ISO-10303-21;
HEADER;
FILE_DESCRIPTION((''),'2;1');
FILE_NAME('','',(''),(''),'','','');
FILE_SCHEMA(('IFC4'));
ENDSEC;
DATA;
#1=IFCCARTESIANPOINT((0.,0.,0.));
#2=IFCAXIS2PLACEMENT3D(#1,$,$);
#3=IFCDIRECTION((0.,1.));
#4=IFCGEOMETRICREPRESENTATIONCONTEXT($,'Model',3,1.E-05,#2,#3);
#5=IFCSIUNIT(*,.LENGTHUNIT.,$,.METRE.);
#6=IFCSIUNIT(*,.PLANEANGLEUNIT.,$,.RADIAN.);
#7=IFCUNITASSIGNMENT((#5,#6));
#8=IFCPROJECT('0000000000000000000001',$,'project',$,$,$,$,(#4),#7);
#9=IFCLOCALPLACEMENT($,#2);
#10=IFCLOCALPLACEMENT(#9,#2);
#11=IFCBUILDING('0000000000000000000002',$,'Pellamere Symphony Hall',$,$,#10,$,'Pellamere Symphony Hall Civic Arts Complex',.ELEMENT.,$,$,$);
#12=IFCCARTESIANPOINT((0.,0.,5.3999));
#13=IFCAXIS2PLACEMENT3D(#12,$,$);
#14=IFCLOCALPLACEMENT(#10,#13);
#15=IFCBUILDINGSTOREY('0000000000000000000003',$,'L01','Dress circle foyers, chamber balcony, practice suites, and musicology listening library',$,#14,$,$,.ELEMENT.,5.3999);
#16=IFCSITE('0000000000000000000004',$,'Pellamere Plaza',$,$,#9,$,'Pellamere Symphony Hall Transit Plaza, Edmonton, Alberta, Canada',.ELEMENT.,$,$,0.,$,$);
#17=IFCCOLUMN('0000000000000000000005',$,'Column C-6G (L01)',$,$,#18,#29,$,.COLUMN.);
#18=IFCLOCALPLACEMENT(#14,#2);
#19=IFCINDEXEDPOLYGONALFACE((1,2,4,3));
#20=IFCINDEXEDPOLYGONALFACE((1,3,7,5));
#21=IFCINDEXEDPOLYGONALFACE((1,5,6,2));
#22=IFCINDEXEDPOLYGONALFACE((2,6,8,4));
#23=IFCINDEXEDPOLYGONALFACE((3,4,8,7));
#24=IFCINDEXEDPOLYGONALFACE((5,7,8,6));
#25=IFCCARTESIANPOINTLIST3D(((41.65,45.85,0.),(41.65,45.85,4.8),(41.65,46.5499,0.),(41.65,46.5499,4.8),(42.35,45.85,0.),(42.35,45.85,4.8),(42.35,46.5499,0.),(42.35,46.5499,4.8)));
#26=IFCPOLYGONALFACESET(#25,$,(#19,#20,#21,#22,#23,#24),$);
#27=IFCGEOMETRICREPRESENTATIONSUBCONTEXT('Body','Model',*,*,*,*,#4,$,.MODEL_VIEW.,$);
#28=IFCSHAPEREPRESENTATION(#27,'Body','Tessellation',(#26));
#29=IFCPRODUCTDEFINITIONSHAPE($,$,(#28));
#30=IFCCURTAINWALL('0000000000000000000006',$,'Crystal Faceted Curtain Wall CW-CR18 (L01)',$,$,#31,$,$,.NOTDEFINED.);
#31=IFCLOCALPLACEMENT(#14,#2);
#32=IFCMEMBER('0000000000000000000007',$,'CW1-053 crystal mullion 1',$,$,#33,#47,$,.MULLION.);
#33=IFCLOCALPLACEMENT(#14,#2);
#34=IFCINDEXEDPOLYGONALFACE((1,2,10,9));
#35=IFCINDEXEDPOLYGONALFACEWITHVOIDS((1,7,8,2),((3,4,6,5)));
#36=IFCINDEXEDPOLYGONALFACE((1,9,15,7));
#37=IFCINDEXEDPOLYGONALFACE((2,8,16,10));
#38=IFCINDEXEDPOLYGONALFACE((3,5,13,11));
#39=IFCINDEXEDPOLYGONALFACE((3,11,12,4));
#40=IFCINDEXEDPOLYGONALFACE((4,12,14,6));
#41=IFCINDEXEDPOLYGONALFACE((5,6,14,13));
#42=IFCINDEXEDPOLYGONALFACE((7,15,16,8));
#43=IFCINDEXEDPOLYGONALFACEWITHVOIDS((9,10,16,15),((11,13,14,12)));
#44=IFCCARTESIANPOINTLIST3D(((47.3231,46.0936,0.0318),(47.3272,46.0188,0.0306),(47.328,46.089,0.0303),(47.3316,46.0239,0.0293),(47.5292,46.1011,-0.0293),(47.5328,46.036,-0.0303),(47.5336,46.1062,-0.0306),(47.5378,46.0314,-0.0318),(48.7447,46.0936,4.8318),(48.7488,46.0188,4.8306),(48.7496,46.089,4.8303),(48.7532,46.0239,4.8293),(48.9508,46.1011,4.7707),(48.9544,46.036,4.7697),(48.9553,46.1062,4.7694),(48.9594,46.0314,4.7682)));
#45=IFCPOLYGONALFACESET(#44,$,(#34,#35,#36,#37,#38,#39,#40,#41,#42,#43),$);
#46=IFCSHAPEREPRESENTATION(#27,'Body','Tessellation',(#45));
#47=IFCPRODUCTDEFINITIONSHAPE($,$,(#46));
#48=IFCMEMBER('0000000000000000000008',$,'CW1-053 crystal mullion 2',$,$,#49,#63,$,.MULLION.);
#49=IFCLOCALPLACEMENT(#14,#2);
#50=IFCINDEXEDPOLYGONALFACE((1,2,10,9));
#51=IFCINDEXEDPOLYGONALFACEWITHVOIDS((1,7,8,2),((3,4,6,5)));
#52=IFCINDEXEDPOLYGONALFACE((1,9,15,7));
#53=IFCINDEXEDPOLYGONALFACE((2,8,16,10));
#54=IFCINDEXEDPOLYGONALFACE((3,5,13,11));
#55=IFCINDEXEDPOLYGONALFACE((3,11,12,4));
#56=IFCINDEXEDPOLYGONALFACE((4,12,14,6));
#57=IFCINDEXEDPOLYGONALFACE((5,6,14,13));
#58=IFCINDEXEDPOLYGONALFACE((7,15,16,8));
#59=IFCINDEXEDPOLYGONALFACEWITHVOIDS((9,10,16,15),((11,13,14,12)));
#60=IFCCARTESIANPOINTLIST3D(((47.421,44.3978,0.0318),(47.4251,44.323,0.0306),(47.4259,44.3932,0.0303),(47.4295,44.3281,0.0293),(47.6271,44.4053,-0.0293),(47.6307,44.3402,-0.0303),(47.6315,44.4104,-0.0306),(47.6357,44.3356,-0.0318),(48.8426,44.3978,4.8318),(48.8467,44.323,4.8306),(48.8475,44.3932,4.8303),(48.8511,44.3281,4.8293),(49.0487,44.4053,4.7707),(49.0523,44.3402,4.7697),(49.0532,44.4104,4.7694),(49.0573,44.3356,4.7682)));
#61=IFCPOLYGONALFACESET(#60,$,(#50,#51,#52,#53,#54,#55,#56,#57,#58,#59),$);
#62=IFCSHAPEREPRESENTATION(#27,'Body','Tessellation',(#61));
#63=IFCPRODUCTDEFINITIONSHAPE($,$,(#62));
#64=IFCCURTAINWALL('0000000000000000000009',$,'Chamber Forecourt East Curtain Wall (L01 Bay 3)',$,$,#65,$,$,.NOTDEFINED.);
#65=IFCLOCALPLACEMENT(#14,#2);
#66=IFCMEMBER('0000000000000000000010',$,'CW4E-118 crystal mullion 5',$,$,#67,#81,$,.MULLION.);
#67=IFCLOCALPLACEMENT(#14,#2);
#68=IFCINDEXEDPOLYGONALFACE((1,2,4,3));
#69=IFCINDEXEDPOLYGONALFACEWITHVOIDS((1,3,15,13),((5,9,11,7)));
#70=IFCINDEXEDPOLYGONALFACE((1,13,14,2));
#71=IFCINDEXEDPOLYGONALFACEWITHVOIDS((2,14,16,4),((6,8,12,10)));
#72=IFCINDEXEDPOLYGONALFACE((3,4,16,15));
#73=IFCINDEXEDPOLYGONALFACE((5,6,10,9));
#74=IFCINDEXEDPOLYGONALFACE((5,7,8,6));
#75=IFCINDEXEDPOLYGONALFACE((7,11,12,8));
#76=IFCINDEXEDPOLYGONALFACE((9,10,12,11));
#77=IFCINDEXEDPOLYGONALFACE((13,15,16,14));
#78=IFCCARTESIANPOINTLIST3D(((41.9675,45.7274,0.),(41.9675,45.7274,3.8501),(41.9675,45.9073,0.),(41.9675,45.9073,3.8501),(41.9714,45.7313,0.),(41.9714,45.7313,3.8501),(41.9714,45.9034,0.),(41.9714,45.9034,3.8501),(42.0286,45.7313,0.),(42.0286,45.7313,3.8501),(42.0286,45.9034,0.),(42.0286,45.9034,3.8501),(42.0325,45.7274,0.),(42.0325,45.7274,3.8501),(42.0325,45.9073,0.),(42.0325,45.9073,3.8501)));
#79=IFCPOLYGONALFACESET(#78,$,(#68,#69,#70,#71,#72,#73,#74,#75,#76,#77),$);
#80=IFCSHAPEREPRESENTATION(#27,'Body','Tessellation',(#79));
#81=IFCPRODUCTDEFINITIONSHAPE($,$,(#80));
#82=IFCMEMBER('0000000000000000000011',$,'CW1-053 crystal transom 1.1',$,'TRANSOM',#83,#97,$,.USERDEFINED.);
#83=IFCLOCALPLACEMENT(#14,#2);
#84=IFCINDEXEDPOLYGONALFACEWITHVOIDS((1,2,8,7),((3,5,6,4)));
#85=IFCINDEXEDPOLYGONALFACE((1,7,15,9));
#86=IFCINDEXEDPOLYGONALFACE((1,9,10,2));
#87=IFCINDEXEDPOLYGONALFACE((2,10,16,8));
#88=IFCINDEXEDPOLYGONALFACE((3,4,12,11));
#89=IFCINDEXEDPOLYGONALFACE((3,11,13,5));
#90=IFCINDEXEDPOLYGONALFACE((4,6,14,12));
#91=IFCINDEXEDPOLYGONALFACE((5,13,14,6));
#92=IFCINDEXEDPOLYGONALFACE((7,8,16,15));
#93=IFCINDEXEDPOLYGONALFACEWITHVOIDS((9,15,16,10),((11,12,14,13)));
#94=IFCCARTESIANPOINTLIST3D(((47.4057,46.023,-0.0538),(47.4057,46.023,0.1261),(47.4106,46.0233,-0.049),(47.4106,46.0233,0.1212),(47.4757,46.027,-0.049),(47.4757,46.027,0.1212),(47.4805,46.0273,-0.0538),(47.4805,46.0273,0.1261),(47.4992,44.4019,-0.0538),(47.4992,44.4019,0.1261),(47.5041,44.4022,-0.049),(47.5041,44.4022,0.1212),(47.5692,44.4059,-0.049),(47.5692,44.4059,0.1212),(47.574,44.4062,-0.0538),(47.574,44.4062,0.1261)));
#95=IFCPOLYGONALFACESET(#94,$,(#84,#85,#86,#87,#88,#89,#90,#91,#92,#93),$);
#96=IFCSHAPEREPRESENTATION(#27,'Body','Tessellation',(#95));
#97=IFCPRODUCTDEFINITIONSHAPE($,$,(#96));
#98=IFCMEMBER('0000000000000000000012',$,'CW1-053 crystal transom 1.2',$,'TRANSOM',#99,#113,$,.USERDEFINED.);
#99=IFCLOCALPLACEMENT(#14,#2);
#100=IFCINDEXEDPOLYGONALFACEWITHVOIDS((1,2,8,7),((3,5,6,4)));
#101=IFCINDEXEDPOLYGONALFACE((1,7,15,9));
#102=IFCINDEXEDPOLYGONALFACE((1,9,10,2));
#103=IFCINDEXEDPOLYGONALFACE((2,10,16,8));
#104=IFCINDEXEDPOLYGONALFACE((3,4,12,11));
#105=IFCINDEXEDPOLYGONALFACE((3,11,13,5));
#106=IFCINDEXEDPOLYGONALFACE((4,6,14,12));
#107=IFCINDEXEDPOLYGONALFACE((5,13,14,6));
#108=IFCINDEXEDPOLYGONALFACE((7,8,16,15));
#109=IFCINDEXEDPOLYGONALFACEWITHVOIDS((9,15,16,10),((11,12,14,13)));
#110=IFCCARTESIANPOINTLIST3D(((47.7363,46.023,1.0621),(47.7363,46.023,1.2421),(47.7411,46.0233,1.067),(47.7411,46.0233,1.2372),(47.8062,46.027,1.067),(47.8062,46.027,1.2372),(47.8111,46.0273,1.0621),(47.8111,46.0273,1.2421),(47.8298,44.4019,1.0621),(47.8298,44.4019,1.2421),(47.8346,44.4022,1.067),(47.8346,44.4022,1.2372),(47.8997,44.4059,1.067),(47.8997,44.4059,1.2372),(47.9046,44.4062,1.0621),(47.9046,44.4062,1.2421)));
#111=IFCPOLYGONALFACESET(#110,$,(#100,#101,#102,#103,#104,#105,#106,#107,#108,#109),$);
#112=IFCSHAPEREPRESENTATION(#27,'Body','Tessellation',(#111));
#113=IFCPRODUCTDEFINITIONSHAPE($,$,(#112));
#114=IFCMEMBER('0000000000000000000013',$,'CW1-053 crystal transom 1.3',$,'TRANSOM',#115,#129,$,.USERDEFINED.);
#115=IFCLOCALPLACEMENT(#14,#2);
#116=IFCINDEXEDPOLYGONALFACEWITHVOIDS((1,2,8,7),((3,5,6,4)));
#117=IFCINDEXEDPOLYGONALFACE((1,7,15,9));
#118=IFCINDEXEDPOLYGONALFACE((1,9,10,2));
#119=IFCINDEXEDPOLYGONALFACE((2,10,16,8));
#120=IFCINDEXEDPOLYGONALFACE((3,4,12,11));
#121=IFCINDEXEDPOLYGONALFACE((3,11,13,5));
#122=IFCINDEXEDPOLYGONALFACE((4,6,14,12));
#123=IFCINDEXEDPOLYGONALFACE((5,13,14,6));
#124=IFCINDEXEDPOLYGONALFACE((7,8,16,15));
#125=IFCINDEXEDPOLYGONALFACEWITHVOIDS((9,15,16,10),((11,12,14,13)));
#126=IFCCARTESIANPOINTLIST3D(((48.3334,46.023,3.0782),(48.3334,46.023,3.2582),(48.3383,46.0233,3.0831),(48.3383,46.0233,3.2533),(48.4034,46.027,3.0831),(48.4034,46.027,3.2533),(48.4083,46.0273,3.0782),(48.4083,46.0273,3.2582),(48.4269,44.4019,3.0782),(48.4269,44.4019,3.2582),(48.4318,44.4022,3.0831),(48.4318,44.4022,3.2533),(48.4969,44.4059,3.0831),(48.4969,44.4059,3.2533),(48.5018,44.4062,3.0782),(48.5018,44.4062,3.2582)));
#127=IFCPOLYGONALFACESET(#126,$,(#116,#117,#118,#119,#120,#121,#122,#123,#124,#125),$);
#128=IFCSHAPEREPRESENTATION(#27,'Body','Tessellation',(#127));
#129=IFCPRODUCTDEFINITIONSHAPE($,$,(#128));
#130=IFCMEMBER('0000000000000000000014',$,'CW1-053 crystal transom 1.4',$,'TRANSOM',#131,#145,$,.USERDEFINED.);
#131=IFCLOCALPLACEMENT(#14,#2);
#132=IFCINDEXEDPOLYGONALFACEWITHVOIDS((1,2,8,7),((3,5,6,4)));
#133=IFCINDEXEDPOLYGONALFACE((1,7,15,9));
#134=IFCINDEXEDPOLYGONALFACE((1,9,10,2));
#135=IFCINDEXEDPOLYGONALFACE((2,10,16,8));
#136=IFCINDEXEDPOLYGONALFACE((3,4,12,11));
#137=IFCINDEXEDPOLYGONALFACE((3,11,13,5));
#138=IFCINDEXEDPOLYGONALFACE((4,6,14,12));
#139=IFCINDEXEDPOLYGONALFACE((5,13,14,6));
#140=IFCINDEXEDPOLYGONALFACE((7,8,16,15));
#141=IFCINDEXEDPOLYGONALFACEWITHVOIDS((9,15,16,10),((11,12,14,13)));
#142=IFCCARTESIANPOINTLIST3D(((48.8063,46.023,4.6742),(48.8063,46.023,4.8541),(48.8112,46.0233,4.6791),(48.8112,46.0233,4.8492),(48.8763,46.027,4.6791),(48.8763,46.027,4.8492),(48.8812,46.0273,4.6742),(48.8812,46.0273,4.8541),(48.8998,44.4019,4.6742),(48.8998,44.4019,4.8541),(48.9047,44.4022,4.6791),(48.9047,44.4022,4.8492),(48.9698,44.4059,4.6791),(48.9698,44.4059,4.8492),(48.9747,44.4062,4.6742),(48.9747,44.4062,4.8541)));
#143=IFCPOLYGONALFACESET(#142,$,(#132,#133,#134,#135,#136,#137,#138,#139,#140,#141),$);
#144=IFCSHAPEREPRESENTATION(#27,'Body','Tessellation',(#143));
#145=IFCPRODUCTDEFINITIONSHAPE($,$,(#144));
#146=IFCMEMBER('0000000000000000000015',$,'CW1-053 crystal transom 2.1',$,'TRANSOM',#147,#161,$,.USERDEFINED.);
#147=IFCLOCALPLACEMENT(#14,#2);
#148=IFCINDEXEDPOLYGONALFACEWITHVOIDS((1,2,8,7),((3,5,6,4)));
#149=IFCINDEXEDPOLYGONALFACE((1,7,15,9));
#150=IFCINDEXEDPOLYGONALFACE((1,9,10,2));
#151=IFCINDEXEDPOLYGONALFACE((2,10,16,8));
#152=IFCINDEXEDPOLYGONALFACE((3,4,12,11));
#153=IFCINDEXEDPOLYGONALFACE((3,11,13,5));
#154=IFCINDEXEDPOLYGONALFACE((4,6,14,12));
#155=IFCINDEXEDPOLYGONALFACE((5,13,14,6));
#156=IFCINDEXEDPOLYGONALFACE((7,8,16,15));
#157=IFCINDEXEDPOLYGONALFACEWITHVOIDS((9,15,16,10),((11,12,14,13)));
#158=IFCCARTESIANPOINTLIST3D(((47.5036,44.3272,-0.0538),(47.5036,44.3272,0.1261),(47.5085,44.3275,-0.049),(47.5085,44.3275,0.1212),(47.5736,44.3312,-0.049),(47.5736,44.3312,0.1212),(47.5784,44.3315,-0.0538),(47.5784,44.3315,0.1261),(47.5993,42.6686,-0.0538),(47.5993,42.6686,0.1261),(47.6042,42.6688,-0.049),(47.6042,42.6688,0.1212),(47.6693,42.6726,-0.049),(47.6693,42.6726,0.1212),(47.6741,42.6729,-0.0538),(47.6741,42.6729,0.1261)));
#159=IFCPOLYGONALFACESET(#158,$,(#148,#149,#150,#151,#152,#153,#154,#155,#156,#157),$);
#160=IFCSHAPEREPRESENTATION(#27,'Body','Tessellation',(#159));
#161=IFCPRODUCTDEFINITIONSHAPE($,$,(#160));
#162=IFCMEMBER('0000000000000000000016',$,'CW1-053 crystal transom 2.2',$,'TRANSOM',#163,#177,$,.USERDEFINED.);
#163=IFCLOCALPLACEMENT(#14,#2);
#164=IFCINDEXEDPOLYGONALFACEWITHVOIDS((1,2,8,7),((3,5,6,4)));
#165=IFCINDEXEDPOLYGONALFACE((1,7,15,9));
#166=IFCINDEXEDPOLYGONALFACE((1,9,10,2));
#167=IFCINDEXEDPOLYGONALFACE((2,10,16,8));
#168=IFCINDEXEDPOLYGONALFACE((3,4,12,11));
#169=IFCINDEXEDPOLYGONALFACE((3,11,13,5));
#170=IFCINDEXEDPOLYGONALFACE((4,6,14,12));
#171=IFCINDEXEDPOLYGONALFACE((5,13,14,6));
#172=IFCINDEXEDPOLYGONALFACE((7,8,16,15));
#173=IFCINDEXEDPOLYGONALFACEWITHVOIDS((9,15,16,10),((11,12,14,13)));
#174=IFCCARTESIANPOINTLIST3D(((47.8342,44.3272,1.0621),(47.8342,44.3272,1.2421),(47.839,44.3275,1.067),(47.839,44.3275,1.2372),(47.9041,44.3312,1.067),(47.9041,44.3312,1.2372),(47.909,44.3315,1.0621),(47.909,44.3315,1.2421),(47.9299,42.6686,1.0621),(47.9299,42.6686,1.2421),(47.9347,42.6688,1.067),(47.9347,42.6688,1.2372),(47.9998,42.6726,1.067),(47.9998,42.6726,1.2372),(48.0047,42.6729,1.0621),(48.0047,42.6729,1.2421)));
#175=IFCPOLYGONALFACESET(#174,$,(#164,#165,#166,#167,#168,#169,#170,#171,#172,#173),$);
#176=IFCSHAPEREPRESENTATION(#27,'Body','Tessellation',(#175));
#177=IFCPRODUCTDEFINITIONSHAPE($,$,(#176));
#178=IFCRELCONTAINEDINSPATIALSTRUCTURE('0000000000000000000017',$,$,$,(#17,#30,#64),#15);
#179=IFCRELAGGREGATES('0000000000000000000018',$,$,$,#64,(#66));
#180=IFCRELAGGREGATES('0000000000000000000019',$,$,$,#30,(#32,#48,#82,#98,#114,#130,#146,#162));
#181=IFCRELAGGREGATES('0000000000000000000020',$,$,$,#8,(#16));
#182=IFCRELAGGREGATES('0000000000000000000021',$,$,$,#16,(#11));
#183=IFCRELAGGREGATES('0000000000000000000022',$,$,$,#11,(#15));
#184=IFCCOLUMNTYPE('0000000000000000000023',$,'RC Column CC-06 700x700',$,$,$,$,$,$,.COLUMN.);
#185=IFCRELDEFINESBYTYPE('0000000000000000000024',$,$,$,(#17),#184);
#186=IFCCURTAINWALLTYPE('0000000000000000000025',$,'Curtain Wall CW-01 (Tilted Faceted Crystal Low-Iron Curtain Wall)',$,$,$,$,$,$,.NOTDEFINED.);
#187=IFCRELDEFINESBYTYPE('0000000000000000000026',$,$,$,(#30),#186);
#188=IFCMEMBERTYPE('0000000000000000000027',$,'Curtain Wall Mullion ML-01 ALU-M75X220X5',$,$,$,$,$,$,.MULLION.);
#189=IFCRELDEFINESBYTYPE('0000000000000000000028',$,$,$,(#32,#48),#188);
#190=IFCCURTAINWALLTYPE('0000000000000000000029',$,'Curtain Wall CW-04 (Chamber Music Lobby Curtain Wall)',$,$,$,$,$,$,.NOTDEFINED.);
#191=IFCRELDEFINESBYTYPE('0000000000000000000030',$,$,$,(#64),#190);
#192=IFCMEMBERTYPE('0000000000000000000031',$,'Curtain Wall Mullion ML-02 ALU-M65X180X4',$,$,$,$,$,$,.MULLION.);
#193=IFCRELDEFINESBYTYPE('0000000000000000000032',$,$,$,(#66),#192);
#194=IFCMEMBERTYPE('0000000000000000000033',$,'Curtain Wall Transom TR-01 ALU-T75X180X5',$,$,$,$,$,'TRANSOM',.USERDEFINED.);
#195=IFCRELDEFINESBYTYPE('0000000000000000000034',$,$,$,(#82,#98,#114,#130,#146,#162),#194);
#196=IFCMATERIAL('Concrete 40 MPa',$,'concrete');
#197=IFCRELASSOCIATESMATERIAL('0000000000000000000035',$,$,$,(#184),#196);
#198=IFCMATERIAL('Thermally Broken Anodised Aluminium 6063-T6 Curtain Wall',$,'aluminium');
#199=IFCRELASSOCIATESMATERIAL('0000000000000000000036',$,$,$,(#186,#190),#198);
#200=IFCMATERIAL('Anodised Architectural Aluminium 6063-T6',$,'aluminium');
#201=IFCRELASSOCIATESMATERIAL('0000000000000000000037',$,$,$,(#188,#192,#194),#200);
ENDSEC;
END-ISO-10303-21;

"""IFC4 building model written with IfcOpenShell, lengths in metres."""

from ifc_helpers import new_model, si_unit, direction, frame, origin, origin_2d, place, context, subcontext, project, spatial, rectangle, hollow_rectangle, extrude, material, material_profile, profile_set, type_object, element, aggregate, save


model = new_model("IFC4")

# Units and contexts
model_context = context("Model", 3, precision=1e-05, world=origin(), true_north=direction((0.0, 1.0)))
body_context = subcontext(model_context, "Body", "Model", "MODEL_VIEW")
ifc_project = project(units=[si_unit("LENGTHUNIT", "METRE"), si_unit("PLANEANGLEUNIT", "RADIAN")], contexts=[model_context])

# Site, building, storey
site_placement = place(None, origin())
site = spatial("IfcSite", under=ifc_project, at=site_placement, Name="Pellamere Plaza", LongName="Pellamere Symphony Hall Transit Plaza, Edmonton, Alberta, Canada", CompositionType="ELEMENT", RefElevation=0.0)
building_placement = place(site_placement, origin())
building = spatial("IfcBuilding", under=site, at=building_placement, Name="Pellamere Symphony Hall", LongName="Pellamere Symphony Hall Civic Arts Complex", CompositionType="ELEMENT")
storey_placement = place(building_placement, frame((0.0, 0.0, 5.3999)))
storey = spatial("IfcBuildingStorey", under=building, at=storey_placement, Name="L01", Description="Dress circle foyers, chamber balcony, practice suites, and musicology listening library", CompositionType="ELEMENT", Elevation=5.3999)

# Column
ifc_material_1 = material(Name="Concrete 40 MPa", Category="concrete")
ifc_material_profile_1 = material_profile(ifc_material_1, rectangle(XDim=0.7, YDim=0.7, at=origin_2d()), Name="RC 700x700")
ifc_profile_set_1 = profile_set([ifc_material_profile_1], Name="Concrete 40 MPa")
column_type = type_object("IfcColumnType", Name="RC Column CC-06 700x700", PredefinedType="COLUMN", material=ifc_profile_set_1)
column_placement = place(storey_placement, frame((42.0, 46.2, 0.0), z_axis=(0.0, 0.0, 1.0), x_axis=(1.0, 0.0, 0.0)))
element("IfcColumn", 1, at=column_placement, inside=storey, type_object=column_type, Name="Column C-6G (L01)", PredefinedType="COLUMN", context=body_context, shape_type="SweptSolid", body=[
    extrude(rectangle(XDim=0.7, YDim=0.7, at=origin_2d()), origin(), (0.0, 0.0, 1.0), 4.8),
])

# Curtain wall, members
ifc_material_2 = material(Name="Thermally Broken Anodised Aluminium 6063-T6 Curtain Wall", Category="aluminium")
curtain_wall_type_1 = type_object("IfcCurtainWallType", Name="Curtain Wall CW-01 (Tilted Faceted Crystal Low-Iron Curtain Wall)", PredefinedType="NOTDEFINED", material=ifc_material_2)
curtain_wall_1_placement = place(storey_placement, origin())
curtain_wall_1 = element("IfcCurtainWall", 2, at=curtain_wall_1_placement, inside=storey, type_object=curtain_wall_type_1, Name="Crystal Faceted Curtain Wall CW-CR18 (L01)", PredefinedType="NOTDEFINED")
ifc_material_3 = material(Name="Anodised Architectural Aluminium 6063-T6", Category="aluminium")
ifc_material_profile_2 = material_profile(ifc_material_3, hollow_rectangle(XDim=0.075, YDim=0.22, WallThickness=0.0049, at=origin_2d()), Name="ALU-M75X220X5")
ifc_profile_set_2 = profile_set([ifc_material_profile_2], Name="Anodised Architectural Aluminium 6063-T6")
member_type_1 = type_object("IfcMemberType", Name="Curtain Wall Mullion ML-01 ALU-M75X220X5", PredefinedType="MULLION", material=ifc_profile_set_2)
member_1_placement = place(storey_placement, frame((47.4304, 46.0625, 0.0), z_axis=(0.283977, 0.0, 0.958831), x_axis=(-0.055225, 0.99834, 0.016356)))
member_1 = element("IfcMember", 3, at=member_1_placement, type_object=member_type_1, Name="CW1-053 crystal mullion 1", PredefinedType="MULLION", context=body_context, shape_type="SweptSolid", body=[
    extrude(hollow_rectangle(XDim=0.075, YDim=0.22, WallThickness=0.0049, at=origin_2d()), origin(), (0.0, 0.0, 1.0), 5.0061),
])
member_2_placement = place(storey_placement, frame((47.5283, 44.3667, 0.0), z_axis=(0.283977, 0.0, 0.958831), x_axis=(-0.055225, 0.99834, 0.016356)))
member_2 = element("IfcMember", 4, at=member_2_placement, type_object=member_type_1, Name="CW1-053 crystal mullion 2", PredefinedType="MULLION", context=body_context, shape_type="SweptSolid", body=[
    extrude(hollow_rectangle(XDim=0.075, YDim=0.22, WallThickness=0.0049, at=origin_2d()), origin(), (0.0, 0.0, 1.0), 5.0061),
])

# Curtain wall, member
curtain_wall_type_2 = type_object("IfcCurtainWallType", Name="Curtain Wall CW-04 (Chamber Music Lobby Curtain Wall)", PredefinedType="NOTDEFINED", material=ifc_material_2)
curtain_wall_2_placement = place(storey_placement, origin())
curtain_wall_2 = element("IfcCurtainWall", 5, at=curtain_wall_2_placement, inside=storey, type_object=curtain_wall_type_2, Name="Chamber Forecourt East Curtain Wall (L01 Bay 3)", PredefinedType="NOTDEFINED")
ifc_material_profile_3 = material_profile(ifc_material_3, hollow_rectangle(XDim=0.0649, YDim=0.1799, WallThickness=0.0039, at=origin_2d()), Name="ALU-M65X180X4")
ifc_profile_set_3 = profile_set([ifc_material_profile_3], Name="Anodised Architectural Aluminium 6063-T6")
member_type_2 = type_object("IfcMemberType", Name="Curtain Wall Mullion ML-02 ALU-M65X180X4", PredefinedType="MULLION", material=ifc_profile_set_3)
member_3_placement = place(storey_placement, frame((42.0, 45.8174, 0.0), z_axis=(0.0, 0.0, 1.0), x_axis=(-1.0, 0.0, 0.0)))
member_3 = element("IfcMember", 6, at=member_3_placement, type_object=member_type_2, Name="CW4E-118 crystal mullion 5", PredefinedType="MULLION", context=body_context, shape_type="SweptSolid", body=[
    extrude(hollow_rectangle(XDim=0.0649, YDim=0.1799, WallThickness=0.0039, at=origin_2d()), origin(), (0.0, 0.0, 1.0), 3.8501),
])

# Members
ifc_material_profile_4 = material_profile(ifc_material_3, hollow_rectangle(XDim=0.075, YDim=0.1799, WallThickness=0.0049, at=origin_2d()), Name="ALU-T75X180X5")
ifc_profile_set_4 = profile_set([ifc_material_profile_4], Name="Anodised Architectural Aluminium 6063-T6")
member_type_3 = type_object("IfcMemberType", Name="Curtain Wall Transom TR-01 ALU-T75X180X5", ElementType="TRANSOM", PredefinedType="USERDEFINED", material=ifc_profile_set_4)
member_4_placement = place(storey_placement, frame((47.4431, 46.0251, 0.0361), z_axis=(0.057585, -0.998341, 0.0), x_axis=(0.998341, 0.057585, 0.0)))
member_4 = element("IfcMember", 7, at=member_4_placement, type_object=member_type_3, Name="CW1-053 crystal transom 1.1", ObjectType="TRANSOM", PredefinedType="USERDEFINED", context=body_context, shape_type="SweptSolid", body=[
    extrude(hollow_rectangle(XDim=0.075, YDim=0.1799, WallThickness=0.0049, at=origin_2d()), origin(), (0.0, 0.0, 1.0), 1.6238),
])
member_5_placement = place(storey_placement, frame((47.7737, 46.0251, 1.1521), z_axis=(0.057585, -0.998341, 0.0), x_axis=(0.998341, 0.057585, 0.0)))
member_5 = element("IfcMember", 8, at=member_5_placement, type_object=member_type_3, Name="CW1-053 crystal transom 1.2", ObjectType="TRANSOM", PredefinedType="USERDEFINED", context=body_context, shape_type="SweptSolid", body=[
    extrude(hollow_rectangle(XDim=0.075, YDim=0.1799, WallThickness=0.0049, at=origin_2d()), origin(), (0.0, 0.0, 1.0), 1.6238),
])
member_6_placement = place(storey_placement, frame((48.3708, 46.0251, 3.1682), z_axis=(0.057585, -0.998341, 0.0), x_axis=(0.998341, 0.057585, 0.0)))
member_6 = element("IfcMember", 9, at=member_6_placement, type_object=member_type_3, Name="CW1-053 crystal transom 1.3", ObjectType="TRANSOM", PredefinedType="USERDEFINED", context=body_context, shape_type="SweptSolid", body=[
    extrude(hollow_rectangle(XDim=0.075, YDim=0.1799, WallThickness=0.0049, at=origin_2d()), origin(), (0.0, 0.0, 1.0), 1.6238),
])
member_7_placement = place(storey_placement, frame((48.8438, 46.0251, 4.7642), z_axis=(0.057585, -0.998341, 0.0), x_axis=(0.998341, 0.057585, 0.0)))
member_7 = element("IfcMember", 10, at=member_7_placement, type_object=member_type_3, Name="CW1-053 crystal transom 1.4", ObjectType="TRANSOM", PredefinedType="USERDEFINED", context=body_context, shape_type="SweptSolid", body=[
    extrude(hollow_rectangle(XDim=0.075, YDim=0.1799, WallThickness=0.0049, at=origin_2d()), origin(), (0.0, 0.0, 1.0), 1.6238),
])
member_8_placement = place(storey_placement, frame((47.541, 44.3293, 0.0361), z_axis=(0.057602, -0.99834, 0.0), x_axis=(0.99834, 0.057602, 0.0)))
member_8 = element("IfcMember", 11, at=member_8_placement, type_object=member_type_3, Name="CW1-053 crystal transom 2.1", ObjectType="TRANSOM", PredefinedType="USERDEFINED", context=body_context, shape_type="SweptSolid", body=[
    extrude(hollow_rectangle(XDim=0.075, YDim=0.1799, WallThickness=0.0049, at=origin_2d()), origin(), (0.0, 0.0, 1.0), 1.6614),
])
member_9_placement = place(storey_placement, frame((47.8716, 44.3293, 1.1521), z_axis=(0.057602, -0.99834, 0.0), x_axis=(0.99834, 0.057602, 0.0)))
member_9 = element("IfcMember", 12, at=member_9_placement, type_object=member_type_3, Name="CW1-053 crystal transom 2.2", ObjectType="TRANSOM", PredefinedType="USERDEFINED", context=body_context, shape_type="SweptSolid", body=[
    extrude(hollow_rectangle(XDim=0.075, YDim=0.1799, WallThickness=0.0049, at=origin_2d()), origin(), (0.0, 0.0, 1.0), 1.6614),
])

aggregate(curtain_wall_2, [member_3])
aggregate(curtain_wall_1, [member_1, member_2, member_4, member_5, member_6, member_7, member_8, member_9])

save(model, "model.ifc")
